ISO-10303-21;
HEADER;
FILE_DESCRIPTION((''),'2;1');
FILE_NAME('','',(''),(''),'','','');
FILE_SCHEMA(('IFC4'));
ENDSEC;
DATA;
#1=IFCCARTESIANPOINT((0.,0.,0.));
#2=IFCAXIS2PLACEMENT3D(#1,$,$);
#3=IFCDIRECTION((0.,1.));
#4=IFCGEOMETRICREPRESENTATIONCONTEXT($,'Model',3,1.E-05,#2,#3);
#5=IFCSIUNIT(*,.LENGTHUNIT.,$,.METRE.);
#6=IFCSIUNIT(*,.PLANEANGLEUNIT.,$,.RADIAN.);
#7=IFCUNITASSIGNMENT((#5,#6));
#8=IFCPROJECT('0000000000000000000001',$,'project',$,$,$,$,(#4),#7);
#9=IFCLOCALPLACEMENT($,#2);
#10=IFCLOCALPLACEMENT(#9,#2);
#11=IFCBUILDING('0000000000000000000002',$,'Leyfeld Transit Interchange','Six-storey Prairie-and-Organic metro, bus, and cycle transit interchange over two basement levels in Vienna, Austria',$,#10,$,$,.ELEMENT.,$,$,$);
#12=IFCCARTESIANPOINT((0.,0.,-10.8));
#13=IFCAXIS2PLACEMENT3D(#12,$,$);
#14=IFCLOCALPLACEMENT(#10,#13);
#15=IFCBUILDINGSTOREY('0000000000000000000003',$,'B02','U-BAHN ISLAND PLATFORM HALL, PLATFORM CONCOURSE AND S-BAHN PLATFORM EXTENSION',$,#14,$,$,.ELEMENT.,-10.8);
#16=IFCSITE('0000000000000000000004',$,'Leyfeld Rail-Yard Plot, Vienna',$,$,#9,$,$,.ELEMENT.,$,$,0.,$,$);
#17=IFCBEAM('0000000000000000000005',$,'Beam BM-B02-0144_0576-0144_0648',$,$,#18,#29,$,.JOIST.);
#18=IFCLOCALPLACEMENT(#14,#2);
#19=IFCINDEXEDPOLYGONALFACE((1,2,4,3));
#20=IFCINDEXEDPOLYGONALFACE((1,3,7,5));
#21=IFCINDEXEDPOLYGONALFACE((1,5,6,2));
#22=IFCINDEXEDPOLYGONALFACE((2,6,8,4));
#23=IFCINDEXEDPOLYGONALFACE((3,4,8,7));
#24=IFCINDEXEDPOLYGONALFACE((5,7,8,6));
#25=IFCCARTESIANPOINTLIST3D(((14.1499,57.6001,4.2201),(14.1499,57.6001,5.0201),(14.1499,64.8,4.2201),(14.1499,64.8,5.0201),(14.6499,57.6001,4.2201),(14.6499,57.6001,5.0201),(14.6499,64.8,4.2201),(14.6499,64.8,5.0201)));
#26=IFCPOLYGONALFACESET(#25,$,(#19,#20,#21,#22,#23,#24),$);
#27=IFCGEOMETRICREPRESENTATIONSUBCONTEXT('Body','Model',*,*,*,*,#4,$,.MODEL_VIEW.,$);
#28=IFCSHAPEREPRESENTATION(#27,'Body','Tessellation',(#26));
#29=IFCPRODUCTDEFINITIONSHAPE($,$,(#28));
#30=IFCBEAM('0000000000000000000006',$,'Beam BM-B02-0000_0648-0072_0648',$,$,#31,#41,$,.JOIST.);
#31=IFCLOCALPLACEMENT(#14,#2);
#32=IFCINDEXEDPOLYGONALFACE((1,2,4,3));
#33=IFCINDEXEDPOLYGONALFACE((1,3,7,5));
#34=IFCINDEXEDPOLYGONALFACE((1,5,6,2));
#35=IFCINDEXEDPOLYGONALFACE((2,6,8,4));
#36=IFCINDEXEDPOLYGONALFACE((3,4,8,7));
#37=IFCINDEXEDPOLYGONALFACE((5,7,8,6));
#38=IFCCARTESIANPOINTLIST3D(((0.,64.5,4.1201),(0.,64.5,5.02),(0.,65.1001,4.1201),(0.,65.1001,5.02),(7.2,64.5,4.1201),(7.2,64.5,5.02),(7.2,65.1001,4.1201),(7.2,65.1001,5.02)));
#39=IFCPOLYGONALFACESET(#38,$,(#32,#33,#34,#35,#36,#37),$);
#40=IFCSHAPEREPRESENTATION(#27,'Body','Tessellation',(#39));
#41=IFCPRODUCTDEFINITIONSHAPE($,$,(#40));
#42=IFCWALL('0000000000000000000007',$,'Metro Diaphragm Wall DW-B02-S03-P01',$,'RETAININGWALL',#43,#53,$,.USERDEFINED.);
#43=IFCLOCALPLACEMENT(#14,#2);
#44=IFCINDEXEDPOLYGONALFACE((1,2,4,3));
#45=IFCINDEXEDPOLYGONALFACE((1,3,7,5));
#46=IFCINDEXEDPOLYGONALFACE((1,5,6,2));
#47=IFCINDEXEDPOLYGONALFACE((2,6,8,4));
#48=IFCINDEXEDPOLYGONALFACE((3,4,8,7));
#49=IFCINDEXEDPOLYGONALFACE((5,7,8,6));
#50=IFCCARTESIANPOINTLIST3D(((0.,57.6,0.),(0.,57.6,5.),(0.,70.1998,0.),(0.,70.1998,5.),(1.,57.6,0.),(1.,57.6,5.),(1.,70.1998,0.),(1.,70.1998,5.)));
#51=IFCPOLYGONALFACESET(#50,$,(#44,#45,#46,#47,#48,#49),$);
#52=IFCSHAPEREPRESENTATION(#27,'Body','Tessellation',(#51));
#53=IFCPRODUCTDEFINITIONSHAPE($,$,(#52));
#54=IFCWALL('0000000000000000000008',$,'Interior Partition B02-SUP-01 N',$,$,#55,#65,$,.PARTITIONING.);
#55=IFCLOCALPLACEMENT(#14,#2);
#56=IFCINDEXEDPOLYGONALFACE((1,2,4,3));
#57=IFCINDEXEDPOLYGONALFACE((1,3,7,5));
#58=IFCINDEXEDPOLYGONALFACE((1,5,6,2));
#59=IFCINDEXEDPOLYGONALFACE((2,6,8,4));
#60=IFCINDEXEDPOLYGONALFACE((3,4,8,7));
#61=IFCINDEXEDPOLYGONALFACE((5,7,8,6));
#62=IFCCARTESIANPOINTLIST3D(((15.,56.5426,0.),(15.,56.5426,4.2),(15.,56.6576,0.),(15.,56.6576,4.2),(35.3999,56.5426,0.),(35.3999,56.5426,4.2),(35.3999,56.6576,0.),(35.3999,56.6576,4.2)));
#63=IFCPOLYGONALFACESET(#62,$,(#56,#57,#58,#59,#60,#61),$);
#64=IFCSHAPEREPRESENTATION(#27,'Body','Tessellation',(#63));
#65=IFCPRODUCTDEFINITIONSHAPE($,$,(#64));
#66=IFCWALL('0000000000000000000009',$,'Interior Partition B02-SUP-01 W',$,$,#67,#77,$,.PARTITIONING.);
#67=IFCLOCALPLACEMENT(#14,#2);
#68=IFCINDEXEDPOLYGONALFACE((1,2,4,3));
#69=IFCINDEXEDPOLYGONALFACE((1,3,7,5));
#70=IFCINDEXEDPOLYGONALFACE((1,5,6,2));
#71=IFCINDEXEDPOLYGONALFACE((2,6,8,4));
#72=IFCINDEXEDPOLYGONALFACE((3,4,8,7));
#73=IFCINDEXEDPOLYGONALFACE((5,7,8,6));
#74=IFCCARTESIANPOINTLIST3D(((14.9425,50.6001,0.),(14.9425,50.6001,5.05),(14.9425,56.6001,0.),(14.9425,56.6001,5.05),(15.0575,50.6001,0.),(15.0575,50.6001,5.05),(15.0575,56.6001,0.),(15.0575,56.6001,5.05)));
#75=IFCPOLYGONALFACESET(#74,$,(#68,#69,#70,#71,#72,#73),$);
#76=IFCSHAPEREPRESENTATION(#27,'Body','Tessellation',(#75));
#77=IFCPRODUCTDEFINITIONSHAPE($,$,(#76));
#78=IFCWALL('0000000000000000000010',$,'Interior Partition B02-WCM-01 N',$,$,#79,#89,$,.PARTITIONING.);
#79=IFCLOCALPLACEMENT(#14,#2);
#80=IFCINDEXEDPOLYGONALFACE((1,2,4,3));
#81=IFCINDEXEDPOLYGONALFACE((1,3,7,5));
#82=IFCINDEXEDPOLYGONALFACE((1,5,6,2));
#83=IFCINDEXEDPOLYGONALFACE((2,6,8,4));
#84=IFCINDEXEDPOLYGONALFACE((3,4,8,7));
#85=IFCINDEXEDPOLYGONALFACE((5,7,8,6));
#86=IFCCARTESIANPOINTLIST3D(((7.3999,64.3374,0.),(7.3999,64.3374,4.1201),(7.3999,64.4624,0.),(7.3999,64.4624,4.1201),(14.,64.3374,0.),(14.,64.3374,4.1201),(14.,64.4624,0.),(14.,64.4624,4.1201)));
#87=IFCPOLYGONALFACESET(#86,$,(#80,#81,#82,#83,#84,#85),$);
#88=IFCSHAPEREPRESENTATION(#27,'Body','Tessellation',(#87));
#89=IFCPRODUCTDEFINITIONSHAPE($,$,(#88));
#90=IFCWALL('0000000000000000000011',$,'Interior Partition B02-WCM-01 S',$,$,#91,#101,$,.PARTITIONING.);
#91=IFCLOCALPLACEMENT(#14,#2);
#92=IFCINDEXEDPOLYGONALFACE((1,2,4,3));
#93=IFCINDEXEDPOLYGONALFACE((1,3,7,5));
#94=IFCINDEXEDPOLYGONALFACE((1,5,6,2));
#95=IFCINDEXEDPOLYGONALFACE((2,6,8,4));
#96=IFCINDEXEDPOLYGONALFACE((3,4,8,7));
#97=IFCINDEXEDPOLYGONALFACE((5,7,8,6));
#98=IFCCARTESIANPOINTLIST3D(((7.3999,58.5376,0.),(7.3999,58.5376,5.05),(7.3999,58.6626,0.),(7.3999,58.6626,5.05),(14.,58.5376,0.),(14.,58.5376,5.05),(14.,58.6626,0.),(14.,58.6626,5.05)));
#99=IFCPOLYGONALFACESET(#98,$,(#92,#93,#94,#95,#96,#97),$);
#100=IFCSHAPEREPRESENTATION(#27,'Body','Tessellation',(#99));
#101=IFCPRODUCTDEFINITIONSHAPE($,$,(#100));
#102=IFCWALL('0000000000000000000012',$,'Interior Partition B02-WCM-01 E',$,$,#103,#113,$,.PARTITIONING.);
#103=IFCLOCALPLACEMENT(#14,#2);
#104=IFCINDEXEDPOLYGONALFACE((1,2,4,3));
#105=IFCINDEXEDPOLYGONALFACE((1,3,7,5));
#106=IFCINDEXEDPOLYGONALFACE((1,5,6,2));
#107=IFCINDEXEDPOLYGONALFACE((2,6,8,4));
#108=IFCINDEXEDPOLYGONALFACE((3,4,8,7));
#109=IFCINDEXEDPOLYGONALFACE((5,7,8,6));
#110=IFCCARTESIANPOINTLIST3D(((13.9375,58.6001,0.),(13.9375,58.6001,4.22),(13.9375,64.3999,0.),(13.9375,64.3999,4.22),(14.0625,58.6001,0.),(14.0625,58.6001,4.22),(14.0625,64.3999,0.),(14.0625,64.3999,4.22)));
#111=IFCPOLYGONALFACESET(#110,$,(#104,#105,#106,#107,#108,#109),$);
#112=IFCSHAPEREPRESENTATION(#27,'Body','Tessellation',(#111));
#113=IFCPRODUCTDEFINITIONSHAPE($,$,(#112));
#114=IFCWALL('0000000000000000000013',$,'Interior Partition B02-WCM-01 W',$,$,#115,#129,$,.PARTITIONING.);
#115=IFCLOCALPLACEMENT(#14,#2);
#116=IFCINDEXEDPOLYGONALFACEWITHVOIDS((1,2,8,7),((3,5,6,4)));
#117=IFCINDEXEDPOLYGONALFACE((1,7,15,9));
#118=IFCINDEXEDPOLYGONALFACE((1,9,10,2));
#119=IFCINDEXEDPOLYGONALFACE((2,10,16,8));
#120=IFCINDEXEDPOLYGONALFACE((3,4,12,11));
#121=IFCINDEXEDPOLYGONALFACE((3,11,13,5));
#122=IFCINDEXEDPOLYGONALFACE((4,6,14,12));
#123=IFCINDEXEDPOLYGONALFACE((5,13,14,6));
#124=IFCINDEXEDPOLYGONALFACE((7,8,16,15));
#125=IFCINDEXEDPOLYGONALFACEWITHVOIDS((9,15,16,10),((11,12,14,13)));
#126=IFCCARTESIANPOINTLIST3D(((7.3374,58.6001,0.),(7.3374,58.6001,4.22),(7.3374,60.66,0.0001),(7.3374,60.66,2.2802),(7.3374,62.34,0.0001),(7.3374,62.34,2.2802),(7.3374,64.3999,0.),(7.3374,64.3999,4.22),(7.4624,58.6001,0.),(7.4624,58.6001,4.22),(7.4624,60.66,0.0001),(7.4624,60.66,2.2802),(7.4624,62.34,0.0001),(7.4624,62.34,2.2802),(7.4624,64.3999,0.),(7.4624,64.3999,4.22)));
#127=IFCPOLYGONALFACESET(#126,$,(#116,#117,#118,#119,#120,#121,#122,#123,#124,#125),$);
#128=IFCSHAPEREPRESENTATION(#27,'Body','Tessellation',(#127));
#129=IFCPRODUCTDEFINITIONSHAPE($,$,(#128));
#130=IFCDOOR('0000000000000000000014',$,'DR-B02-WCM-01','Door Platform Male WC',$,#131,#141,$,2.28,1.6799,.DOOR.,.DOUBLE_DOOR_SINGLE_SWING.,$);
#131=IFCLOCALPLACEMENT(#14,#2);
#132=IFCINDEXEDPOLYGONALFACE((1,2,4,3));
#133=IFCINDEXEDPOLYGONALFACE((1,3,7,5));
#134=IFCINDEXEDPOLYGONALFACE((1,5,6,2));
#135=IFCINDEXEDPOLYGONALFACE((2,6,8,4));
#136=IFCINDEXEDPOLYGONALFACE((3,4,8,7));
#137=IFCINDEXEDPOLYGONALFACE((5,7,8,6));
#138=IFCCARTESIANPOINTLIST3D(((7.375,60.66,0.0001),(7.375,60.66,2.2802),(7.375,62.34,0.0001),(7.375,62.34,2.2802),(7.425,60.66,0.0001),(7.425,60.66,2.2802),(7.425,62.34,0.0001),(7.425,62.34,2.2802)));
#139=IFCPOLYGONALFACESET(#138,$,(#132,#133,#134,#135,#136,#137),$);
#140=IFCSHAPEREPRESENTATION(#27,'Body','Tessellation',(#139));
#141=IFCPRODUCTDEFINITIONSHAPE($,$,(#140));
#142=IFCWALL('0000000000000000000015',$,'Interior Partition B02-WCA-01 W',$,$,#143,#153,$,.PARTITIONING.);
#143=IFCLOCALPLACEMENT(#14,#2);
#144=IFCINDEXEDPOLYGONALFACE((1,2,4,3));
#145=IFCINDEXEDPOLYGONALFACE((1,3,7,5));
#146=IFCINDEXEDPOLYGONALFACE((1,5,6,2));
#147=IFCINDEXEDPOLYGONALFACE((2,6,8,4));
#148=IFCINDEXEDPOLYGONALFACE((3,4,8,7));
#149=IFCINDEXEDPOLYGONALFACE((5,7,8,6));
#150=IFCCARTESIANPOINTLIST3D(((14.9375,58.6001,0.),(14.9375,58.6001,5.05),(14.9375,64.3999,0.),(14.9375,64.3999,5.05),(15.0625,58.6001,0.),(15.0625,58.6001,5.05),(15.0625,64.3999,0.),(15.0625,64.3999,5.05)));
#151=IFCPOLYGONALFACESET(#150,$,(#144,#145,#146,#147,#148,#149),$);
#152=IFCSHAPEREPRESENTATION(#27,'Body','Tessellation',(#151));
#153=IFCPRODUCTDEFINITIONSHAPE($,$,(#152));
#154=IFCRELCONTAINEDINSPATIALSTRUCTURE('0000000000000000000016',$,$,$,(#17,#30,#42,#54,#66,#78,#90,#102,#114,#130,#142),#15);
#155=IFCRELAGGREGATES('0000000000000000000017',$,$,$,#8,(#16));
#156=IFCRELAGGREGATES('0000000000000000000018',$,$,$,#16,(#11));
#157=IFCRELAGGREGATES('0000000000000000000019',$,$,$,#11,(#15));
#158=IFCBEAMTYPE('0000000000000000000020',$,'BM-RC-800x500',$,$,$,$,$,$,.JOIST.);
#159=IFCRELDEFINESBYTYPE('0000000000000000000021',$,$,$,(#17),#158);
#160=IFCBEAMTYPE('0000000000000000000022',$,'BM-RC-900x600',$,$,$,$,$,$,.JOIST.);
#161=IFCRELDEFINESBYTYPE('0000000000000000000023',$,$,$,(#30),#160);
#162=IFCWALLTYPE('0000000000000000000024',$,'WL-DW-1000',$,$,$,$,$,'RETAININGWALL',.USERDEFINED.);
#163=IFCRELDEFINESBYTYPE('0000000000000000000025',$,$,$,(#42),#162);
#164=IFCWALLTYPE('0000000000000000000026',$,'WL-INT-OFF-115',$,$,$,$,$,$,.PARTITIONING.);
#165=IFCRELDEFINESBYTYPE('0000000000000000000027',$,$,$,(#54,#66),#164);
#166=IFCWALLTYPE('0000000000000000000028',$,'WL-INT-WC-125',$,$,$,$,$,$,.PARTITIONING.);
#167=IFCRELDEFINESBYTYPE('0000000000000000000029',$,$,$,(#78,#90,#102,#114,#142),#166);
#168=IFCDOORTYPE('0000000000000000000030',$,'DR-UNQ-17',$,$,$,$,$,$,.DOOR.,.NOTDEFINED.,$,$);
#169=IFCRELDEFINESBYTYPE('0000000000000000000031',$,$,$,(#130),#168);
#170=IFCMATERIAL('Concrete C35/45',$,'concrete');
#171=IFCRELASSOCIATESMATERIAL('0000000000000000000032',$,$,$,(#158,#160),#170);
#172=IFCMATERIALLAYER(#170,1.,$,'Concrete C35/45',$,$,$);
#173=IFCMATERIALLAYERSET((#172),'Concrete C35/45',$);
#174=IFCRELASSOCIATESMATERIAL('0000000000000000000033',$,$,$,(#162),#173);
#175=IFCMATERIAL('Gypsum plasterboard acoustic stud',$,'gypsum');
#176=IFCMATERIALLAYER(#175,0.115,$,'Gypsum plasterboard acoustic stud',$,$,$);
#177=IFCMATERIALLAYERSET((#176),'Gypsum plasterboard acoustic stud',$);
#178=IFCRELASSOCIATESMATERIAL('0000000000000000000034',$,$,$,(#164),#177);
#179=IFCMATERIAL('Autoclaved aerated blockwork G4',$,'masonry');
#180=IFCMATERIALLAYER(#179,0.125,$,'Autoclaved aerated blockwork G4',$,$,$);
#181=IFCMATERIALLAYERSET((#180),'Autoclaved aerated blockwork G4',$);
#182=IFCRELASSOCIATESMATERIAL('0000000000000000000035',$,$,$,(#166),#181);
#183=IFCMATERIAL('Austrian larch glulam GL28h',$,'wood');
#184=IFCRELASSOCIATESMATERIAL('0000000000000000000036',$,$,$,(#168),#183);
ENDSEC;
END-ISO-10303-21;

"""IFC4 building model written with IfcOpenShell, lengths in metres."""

from ifc_helpers import new_model, si_unit, direction, frame, frame_2d, origin, origin_2d, place, context, subcontext, project, spatial, rectangle, extrude, material, layer, layer_set, material_profile, profile_set, type_object, element, fill, save


model = new_model("IFC4")

# Units and contexts
model_context = context("Model", 3, precision=1e-05, world=origin(), true_north=direction((0.0, 1.0)))
body_context = subcontext(model_context, "Body", "Model", "MODEL_VIEW")
ifc_project = project(units=[si_unit("LENGTHUNIT", "METRE"), si_unit("PLANEANGLEUNIT", "RADIAN")], contexts=[model_context])

# Site, building, storey
site_placement = place(None, origin())
site = spatial("IfcSite", under=ifc_project, at=site_placement, Name="Leyfeld Rail-Yard Plot, Vienna", CompositionType="ELEMENT", RefElevation=0.0)
building_placement = place(site_placement, origin())
building = spatial("IfcBuilding", under=site, at=building_placement, Name="Leyfeld Transit Interchange", Description="Six-storey Prairie-and-Organic metro, bus, and cycle transit interchange over two basement levels in Vienna, Austria", CompositionType="ELEMENT")
storey_placement = place(building_placement, frame((0.0, 0.0, -10.8)))
storey = spatial("IfcBuildingStorey", under=building, at=storey_placement, Name="B02", Description="U-BAHN ISLAND PLATFORM HALL, PLATFORM CONCOURSE AND S-BAHN PLATFORM EXTENSION", CompositionType="ELEMENT", Elevation=-10.8)

# Shared definitions
ifc_material_1 = material(Name="Concrete C35/45", Category="concrete")

# Beams
ifc_material_profile_1 = material_profile(ifc_material_1, rectangle(XDim=0.5, YDim=0.8, at=origin_2d()), Name="RC 800x500")
ifc_profile_set_1 = profile_set([ifc_material_profile_1], Name="Concrete C35/45")
beam_type_1 = type_object("IfcBeamType", Name="BM-RC-800x500", PredefinedType="JOIST", material=ifc_profile_set_1)
for number, where, z_axis, x_axis, name in (
    (1, (14.3999, 57.6001, 4.6201), (0.0, 1.0, 0.0), (-1.0, 0.0, 0.0), "Beam BM-B02-0144_0576-0144_0648"),
):
    element("IfcBeam", number, at=place(storey_placement, frame(where, z_axis=z_axis, x_axis=x_axis)), inside=storey, type_object=beam_type_1, Name=name, PredefinedType="JOIST", context=body_context, shape_type="SweptSolid", body=[
        extrude(rectangle(XDim=0.5, YDim=0.8, at=origin_2d()), origin(), (0.0, 0.0, 1.0), 7.2),
    ])
ifc_material_profile_2 = material_profile(ifc_material_1, rectangle(XDim=0.6001, YDim=0.8999, at=origin_2d()), Name="RC 900x600")
ifc_profile_set_2 = profile_set([ifc_material_profile_2], Name="Concrete C35/45")
beam_type_2 = type_object("IfcBeamType", Name="BM-RC-900x600", PredefinedType="JOIST", material=ifc_profile_set_2)
beam_1_placement = place(storey_placement, frame((0.0, 64.8, 4.5701), z_axis=(1.0, 0.0, 0.0), x_axis=(0.0, 1.0, 0.0)))
element("IfcBeam", 2, at=beam_1_placement, inside=storey, type_object=beam_type_2, Name="Beam BM-B02-0000_0648-0072_0648", PredefinedType="JOIST", context=body_context, shape_type="SweptSolid", body=[
    extrude(rectangle(XDim=0.6001, YDim=0.8999, at=origin_2d()), origin(), (0.0, 0.0, 1.0), 7.2),
])

# Walls
ifc_layer_1 = layer(ifc_material_1, 1.0, Name="Concrete C35/45")
ifc_layer_set_1 = layer_set([ifc_layer_1], Name="Concrete C35/45")
wall_type_1 = type_object("IfcWallType", Name="WL-DW-1000", ElementType="RETAININGWALL", PredefinedType="USERDEFINED", material=ifc_layer_set_1)
wall_1_placement = place(storey_placement, frame((0.5, 57.6001, 0.0), z_axis=(0.0, 0.0, 1.0), x_axis=(0.0, 1.0, 0.0)))
element("IfcWall", 3, at=wall_1_placement, inside=storey, type_object=wall_type_1, Name="Metro Diaphragm Wall DW-B02-S03-P01", ObjectType="RETAININGWALL", PredefinedType="USERDEFINED", context=body_context, shape_type="SweptSolid", body=[
    extrude(rectangle(XDim=12.5999, YDim=1.0, at=frame_2d((6.2998, 0.0))), origin(), (0.0, 0.0, 1.0), 5.0),
])
ifc_material_2 = material(Name="Gypsum plasterboard acoustic stud", Category="gypsum")
ifc_layer_2 = layer(ifc_material_2, 0.115, Name="Gypsum plasterboard acoustic stud")
ifc_layer_set_2 = layer_set([ifc_layer_2], Name="Gypsum plasterboard acoustic stud")
wall_type_2 = type_object("IfcWallType", Name="WL-INT-OFF-115", PredefinedType="PARTITIONING", material=ifc_layer_set_2)
wall_2_placement = place(storey_placement, frame((15.0, 56.6001, 0.0), z_axis=(0.0, 0.0, 1.0), x_axis=(1.0, 0.0, 0.0)))
element("IfcWall", 4, at=wall_2_placement, inside=storey, type_object=wall_type_2, Name="Interior Partition B02-SUP-01 N", PredefinedType="PARTITIONING", context=body_context, shape_type="SweptSolid", body=[
    extrude(rectangle(XDim=20.3999, YDim=0.115, at=frame_2d((10.2, 0.0))), origin(), (0.0, 0.0, 1.0), 4.2),
])
wall_3_placement = place(storey_placement, frame((15.0, 50.6001, 0.0), z_axis=(0.0, 0.0, 1.0), x_axis=(0.0, 1.0, 0.0)))
element("IfcWall", 5, at=wall_3_placement, inside=storey, type_object=wall_type_2, Name="Interior Partition B02-SUP-01 W", PredefinedType="PARTITIONING", context=body_context, shape_type="SweptSolid", body=[
    extrude(rectangle(XDim=6.0, YDim=0.115, at=frame_2d((3.0, 0.0))), origin(), (0.0, 0.0, 1.0), 5.05),
])
ifc_material_3 = material(Name="Autoclaved aerated blockwork G4", Category="masonry")
ifc_layer_3 = layer(ifc_material_3, 0.125, Name="Autoclaved aerated blockwork G4")
ifc_layer_set_3 = layer_set([ifc_layer_3], Name="Autoclaved aerated blockwork G4")
wall_type_3 = type_object("IfcWallType", Name="WL-INT-WC-125", PredefinedType="PARTITIONING", material=ifc_layer_set_3)
wall_4_placement = place(storey_placement, frame((7.3999, 64.3999, 0.0), z_axis=(0.0, 0.0, 1.0), x_axis=(1.0, 0.0, 0.0)))
element("IfcWall", 6, at=wall_4_placement, inside=storey, type_object=wall_type_3, Name="Interior Partition B02-WCM-01 N", PredefinedType="PARTITIONING", context=body_context, shape_type="SweptSolid", body=[
    extrude(rectangle(XDim=6.6001, YDim=0.125, at=frame_2d((3.3, 0.0))), origin(), (0.0, 0.0, 1.0), 4.1201),
])
wall_5_placement = place(storey_placement, frame((14.0, 58.6001, 0.0), z_axis=(0.0, 0.0, 1.0), x_axis=(-1.0, 0.0, 0.0)))
element("IfcWall", 7, at=wall_5_placement, inside=storey, type_object=wall_type_3, Name="Interior Partition B02-WCM-01 S", PredefinedType="PARTITIONING", context=body_context, shape_type="SweptSolid", body=[
    extrude(rectangle(XDim=6.6001, YDim=0.125, at=frame_2d((3.3, 0.0))), origin(), (0.0, 0.0, 1.0), 5.05),
])
wall_6_placement = place(storey_placement, frame((14.0, 64.3999, 0.0), z_axis=(0.0, 0.0, 1.0), x_axis=(0.0, -1.0, 0.0)))
element("IfcWall", 8, at=wall_6_placement, inside=storey, type_object=wall_type_3, Name="Interior Partition B02-WCM-01 E", PredefinedType="PARTITIONING", context=body_context, shape_type="SweptSolid", body=[
    extrude(rectangle(XDim=5.7998, YDim=0.125, at=frame_2d((2.8999, 0.0))), origin(), (0.0, 0.0, 1.0), 4.22),
])

# Wall, opening, door
wall_7_placement = place(storey_placement, frame((7.3999, 58.6001, 0.0), z_axis=(0.0, 0.0, 1.0), x_axis=(0.0, 1.0, 0.0)))
wall_7 = element("IfcWall", 9, at=wall_7_placement, inside=storey, type_object=wall_type_3, Name="Interior Partition B02-WCM-01 W", PredefinedType="PARTITIONING", context=body_context, shape_type="SweptSolid", body=[
    extrude(rectangle(XDim=5.7998, YDim=0.125, at=frame_2d((2.8999, 0.0))), origin(), (0.0, 0.0, 1.0), 4.22),
])
opening_placement = place(wall_7_placement, frame((2.0601, 0.0, 0.0)))
opening = element("IfcOpeningElement", 10, at=opening_placement, cuts=wall_7, PredefinedType="OPENING", context=body_context, shape_type="SweptSolid", body=[
    extrude(rectangle(XDim=1.6799, YDim=2.28, at=frame_2d((0.8398, 1.1401))), frame((0.0, 0.0725, 0.0), z_axis=(0.0, -1.0, 0.0), x_axis=(1.0, 0.0, 0.0)), (0.0, 0.0, 1.0), 0.145),
])
ifc_material_4 = material(Name="Austrian larch glulam GL28h", Category="wood")
door_type = type_object("IfcDoorType", Name="DR-UNQ-17", OperationType="NOTDEFINED", PredefinedType="DOOR", material=ifc_material_4)
door_placement = place(opening_placement, origin())
door = element("IfcDoor", 11, at=door_placement, inside=storey, type_object=door_type, Name="DR-B02-WCM-01", Description="Door Platform Male WC", OperationType="DOUBLE_DOOR_SINGLE_SWING", OverallHeight=2.28, OverallWidth=1.6799, PredefinedType="DOOR", context=body_context, shape_type="SweptSolid", body=[
    extrude(rectangle(XDim=1.6799, YDim=2.28, at=frame_2d((0.8398, 1.1401))), frame((0.0, 0.0249, 0.0), z_axis=(0.0, -1.0, 0.0), x_axis=(1.0, 0.0, 0.0)), (0.0, 0.0, 1.0), 0.05),
])
fill(opening, door)

# Wall
wall_8_placement = place(storey_placement, frame((15.0, 58.6001, 0.0), z_axis=(0.0, 0.0, 1.0), x_axis=(0.0, 1.0, 0.0)))
element("IfcWall", 12, at=wall_8_placement, inside=storey, type_object=wall_type_3, Name="Interior Partition B02-WCA-01 W", PredefinedType="PARTITIONING", context=body_context, shape_type="SweptSolid", body=[
    extrude(rectangle(XDim=5.7998, YDim=0.125, at=frame_2d((2.8999, 0.0))), origin(), (0.0, 0.0, 1.0), 5.05),
])

save(model, "model.ifc")
